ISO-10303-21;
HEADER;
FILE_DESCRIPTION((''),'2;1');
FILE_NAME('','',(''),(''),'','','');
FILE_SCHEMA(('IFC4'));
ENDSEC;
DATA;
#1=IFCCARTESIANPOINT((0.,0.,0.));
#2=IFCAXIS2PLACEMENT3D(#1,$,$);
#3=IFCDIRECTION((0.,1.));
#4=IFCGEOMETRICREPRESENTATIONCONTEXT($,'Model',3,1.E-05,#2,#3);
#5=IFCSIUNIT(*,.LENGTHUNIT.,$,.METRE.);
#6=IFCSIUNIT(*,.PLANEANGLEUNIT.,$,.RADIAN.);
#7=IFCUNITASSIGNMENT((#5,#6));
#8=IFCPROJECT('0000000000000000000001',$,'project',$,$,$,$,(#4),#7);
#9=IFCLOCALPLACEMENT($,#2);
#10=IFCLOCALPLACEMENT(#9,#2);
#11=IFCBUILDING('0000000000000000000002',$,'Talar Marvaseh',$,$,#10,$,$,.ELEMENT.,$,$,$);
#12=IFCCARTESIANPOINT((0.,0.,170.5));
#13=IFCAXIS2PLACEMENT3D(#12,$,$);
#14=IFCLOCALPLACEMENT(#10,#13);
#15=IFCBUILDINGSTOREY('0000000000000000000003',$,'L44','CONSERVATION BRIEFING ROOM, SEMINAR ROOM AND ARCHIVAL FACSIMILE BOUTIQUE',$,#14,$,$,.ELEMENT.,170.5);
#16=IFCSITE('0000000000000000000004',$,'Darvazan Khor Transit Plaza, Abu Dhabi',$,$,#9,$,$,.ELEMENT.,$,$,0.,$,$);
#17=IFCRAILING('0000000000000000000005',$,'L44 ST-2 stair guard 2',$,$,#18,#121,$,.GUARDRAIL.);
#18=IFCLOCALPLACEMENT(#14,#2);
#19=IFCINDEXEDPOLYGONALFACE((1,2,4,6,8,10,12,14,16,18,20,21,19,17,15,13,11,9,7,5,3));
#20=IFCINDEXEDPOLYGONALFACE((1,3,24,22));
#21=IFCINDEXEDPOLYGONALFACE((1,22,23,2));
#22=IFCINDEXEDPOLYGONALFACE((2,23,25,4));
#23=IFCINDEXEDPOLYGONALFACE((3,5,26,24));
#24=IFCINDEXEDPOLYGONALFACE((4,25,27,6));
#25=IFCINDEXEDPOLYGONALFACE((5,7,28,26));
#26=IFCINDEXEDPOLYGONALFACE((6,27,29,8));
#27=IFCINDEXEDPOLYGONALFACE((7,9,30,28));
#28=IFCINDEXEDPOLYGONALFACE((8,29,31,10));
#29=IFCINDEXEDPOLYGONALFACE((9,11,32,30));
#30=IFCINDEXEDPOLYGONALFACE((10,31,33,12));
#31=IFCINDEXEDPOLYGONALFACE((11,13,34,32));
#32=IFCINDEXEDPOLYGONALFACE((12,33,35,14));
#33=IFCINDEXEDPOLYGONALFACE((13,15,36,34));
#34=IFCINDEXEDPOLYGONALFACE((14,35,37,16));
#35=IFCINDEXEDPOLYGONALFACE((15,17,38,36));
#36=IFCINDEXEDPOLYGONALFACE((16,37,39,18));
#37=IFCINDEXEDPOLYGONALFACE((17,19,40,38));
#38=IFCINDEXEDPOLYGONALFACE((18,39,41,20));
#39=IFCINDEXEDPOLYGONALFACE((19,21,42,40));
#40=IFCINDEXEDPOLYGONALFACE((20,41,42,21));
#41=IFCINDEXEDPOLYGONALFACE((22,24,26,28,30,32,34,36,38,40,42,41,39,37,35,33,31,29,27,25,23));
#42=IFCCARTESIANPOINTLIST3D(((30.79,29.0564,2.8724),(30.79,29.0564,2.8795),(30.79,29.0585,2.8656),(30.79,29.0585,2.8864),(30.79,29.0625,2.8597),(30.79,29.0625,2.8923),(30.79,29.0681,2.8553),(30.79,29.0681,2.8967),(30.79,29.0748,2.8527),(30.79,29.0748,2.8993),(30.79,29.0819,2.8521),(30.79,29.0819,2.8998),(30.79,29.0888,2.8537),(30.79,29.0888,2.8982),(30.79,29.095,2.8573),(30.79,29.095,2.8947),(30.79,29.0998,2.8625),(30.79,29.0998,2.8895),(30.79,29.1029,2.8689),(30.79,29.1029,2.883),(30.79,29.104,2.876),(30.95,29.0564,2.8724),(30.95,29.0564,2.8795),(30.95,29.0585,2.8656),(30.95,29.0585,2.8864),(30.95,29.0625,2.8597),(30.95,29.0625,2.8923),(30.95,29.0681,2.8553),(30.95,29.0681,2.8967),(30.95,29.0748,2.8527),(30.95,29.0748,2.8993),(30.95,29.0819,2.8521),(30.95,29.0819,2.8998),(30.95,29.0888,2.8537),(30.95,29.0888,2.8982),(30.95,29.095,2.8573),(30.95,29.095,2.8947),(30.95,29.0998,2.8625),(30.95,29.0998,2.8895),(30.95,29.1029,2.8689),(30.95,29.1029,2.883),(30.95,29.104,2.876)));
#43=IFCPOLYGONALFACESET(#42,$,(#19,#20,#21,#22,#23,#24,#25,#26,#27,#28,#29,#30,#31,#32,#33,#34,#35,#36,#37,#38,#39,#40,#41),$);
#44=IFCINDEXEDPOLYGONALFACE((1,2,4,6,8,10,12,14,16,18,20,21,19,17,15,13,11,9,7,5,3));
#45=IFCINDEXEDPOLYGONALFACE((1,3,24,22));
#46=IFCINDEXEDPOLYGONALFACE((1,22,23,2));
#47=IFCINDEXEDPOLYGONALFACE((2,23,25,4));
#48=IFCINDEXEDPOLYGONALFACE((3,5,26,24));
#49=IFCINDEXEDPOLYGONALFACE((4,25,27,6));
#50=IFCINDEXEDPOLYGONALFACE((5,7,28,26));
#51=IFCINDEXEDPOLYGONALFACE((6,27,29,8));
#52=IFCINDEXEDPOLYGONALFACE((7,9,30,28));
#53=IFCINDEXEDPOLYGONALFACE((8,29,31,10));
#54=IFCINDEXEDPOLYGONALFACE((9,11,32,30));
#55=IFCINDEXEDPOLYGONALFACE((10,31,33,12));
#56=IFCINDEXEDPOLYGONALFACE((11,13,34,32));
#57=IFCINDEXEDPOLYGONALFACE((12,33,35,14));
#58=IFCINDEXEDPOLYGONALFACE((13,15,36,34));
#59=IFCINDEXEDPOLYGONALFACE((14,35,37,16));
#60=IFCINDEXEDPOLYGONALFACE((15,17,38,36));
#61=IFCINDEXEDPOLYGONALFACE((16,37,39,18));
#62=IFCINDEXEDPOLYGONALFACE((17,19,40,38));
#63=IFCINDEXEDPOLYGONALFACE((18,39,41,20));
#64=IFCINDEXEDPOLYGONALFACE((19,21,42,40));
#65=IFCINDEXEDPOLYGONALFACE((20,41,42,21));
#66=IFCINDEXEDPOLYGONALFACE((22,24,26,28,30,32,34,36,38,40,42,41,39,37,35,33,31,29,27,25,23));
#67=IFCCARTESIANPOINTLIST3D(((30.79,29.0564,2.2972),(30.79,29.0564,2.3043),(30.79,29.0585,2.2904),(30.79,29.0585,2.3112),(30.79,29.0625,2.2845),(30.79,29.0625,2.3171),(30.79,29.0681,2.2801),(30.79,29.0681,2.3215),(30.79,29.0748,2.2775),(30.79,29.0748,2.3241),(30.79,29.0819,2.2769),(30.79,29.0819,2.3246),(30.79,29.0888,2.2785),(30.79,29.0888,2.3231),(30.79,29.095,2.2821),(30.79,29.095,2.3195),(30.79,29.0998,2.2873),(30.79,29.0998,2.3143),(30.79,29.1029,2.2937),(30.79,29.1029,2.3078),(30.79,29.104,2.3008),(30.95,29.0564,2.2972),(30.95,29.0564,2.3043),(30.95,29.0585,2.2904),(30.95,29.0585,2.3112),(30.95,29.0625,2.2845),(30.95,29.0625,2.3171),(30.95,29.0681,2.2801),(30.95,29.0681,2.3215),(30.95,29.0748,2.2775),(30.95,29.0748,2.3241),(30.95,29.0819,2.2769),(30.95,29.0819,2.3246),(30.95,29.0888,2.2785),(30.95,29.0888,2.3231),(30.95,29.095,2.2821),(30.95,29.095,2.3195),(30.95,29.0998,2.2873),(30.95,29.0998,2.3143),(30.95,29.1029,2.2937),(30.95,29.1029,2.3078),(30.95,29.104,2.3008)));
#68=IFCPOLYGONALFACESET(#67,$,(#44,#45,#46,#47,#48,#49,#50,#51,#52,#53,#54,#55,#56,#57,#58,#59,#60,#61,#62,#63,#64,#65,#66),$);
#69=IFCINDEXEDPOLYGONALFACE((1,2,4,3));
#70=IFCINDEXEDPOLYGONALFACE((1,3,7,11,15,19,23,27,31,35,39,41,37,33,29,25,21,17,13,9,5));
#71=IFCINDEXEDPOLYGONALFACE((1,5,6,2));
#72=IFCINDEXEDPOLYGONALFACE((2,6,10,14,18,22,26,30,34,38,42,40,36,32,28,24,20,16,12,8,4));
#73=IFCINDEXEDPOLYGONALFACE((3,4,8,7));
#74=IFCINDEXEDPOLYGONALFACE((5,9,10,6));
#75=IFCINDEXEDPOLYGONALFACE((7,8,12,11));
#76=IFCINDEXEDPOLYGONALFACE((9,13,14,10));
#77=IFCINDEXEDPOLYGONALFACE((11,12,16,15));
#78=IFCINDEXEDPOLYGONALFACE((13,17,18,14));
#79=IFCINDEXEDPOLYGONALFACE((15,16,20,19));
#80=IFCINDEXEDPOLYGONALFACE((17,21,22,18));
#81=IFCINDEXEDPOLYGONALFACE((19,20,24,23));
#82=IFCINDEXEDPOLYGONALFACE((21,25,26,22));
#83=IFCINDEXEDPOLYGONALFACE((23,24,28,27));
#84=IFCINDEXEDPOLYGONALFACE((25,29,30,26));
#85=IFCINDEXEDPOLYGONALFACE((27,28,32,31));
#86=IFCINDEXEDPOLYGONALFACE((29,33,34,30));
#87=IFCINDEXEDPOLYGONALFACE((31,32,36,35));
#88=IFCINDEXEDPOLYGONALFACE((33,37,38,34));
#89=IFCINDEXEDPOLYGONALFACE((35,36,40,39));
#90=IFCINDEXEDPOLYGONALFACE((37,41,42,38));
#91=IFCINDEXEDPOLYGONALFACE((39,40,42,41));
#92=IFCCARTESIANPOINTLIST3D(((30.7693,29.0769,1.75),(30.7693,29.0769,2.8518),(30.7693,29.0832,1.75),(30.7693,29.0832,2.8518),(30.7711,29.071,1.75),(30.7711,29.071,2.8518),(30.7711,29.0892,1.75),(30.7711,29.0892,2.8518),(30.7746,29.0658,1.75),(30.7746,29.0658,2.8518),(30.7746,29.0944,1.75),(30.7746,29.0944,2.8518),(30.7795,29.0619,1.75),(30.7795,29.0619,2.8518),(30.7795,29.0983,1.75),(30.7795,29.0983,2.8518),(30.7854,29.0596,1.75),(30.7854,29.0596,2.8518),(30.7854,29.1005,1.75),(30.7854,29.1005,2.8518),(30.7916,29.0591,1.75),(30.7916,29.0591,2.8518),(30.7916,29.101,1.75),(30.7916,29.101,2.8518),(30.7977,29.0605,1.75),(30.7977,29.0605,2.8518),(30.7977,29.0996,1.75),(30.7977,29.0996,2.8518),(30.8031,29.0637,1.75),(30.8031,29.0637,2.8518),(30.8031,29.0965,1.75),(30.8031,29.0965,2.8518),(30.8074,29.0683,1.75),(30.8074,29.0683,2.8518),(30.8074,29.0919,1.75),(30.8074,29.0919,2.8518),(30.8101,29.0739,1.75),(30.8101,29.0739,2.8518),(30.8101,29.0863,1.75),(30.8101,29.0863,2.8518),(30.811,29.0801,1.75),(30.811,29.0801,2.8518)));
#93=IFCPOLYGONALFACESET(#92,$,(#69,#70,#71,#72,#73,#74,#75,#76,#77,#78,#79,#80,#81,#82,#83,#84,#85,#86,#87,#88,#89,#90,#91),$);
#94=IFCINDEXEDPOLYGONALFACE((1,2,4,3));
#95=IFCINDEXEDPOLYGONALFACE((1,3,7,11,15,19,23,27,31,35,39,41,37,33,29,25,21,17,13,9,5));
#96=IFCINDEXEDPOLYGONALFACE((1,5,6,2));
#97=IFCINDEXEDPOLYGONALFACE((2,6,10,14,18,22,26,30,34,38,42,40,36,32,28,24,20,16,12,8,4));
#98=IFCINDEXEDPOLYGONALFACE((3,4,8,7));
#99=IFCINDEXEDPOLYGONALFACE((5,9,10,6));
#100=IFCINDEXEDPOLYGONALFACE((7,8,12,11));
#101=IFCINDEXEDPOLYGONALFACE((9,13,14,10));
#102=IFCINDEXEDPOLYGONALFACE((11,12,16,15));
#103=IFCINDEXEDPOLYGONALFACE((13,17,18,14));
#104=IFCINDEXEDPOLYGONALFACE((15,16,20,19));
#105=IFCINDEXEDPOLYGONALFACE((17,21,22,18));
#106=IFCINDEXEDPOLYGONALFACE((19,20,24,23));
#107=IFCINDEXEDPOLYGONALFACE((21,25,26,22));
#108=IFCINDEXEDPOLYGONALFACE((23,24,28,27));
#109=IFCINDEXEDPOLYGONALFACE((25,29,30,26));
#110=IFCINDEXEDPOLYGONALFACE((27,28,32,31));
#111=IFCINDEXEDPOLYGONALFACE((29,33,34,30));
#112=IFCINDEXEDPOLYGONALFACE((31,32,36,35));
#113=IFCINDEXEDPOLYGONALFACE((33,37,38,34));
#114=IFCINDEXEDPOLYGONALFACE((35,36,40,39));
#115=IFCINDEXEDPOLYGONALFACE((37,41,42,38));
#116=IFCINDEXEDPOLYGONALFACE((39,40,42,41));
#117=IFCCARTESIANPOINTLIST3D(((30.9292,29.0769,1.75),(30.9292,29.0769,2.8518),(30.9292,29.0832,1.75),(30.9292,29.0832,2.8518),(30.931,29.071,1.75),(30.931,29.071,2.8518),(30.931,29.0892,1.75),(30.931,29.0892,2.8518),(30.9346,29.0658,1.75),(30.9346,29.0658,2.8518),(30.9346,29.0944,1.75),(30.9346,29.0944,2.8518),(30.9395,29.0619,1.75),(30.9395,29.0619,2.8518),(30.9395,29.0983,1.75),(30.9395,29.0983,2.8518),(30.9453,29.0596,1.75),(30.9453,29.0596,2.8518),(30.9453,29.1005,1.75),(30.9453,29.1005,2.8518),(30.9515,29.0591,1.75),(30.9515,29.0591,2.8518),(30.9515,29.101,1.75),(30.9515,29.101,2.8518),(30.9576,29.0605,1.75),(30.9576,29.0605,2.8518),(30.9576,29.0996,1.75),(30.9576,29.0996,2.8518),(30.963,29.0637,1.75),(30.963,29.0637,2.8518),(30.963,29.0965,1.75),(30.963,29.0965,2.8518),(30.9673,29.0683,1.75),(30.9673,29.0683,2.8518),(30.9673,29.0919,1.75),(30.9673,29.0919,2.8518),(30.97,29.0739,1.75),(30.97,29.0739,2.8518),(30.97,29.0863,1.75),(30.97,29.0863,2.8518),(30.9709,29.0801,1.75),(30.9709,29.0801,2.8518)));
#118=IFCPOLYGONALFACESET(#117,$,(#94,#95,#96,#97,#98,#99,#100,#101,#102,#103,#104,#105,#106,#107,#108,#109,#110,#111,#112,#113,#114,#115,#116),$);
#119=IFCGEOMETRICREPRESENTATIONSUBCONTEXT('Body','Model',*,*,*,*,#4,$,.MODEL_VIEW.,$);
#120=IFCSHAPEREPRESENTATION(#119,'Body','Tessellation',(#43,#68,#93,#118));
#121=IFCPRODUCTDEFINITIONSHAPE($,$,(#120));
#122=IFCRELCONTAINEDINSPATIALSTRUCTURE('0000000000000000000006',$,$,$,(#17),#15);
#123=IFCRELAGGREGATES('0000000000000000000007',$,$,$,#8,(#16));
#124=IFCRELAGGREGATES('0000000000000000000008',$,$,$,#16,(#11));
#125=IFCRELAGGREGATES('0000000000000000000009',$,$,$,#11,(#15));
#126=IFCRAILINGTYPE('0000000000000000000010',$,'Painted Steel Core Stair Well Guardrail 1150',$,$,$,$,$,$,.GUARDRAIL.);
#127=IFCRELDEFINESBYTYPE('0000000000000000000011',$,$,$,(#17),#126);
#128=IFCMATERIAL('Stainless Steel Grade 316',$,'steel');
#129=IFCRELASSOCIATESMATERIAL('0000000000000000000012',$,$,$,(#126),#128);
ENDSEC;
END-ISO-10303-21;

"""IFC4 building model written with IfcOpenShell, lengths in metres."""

from ifc_helpers import new_model, si_unit, direction, frame, origin, origin_2d, place, context, subcontext, project, spatial, circle, extrude, material, type_object, element, save


model = new_model("IFC4")

# Units and contexts
model_context = context("Model", 3, precision=1e-05, world=origin(), true_north=direction((0.0, 1.0)))
body_context = subcontext(model_context, "Body", "Model", "MODEL_VIEW")
ifc_project = project(units=[si_unit("LENGTHUNIT", "METRE"), si_unit("PLANEANGLEUNIT", "RADIAN")], contexts=[model_context])

# Site, building, storey
site_placement = place(None, origin())
site = spatial("IfcSite", under=ifc_project, at=site_placement, Name="Darvazan Khor Transit Plaza, Abu Dhabi", CompositionType="ELEMENT", RefElevation=0.0)
building_placement = place(site_placement, origin())
building = spatial("IfcBuilding", under=site, at=building_placement, Name="Talar Marvaseh", CompositionType="ELEMENT")
storey_placement = place(building_placement, frame((0.0, 0.0, 170.5)))
storey = spatial("IfcBuildingStorey", under=building, at=storey_placement, Name="L44", Description="CONSERVATION BRIEFING ROOM, SEMINAR ROOM AND ARCHIVAL FACSIMILE BOUTIQUE", CompositionType="ELEMENT", Elevation=170.5)

# Shared definitions
ifc_material_1 = material(Name="Stainless Steel Grade 316", Category="steel")

# Railing
railing_type_1 = type_object("IfcRailingType", Name="Painted Steel Core Stair Well Guardrail 1150", PredefinedType="GUARDRAIL", material=ifc_material_1)
railing_1_placement = place(storey_placement, frame((30.79, 29.0801, 1.75)))
element("IfcRailing", 1, at=railing_1_placement, inside=storey, type_object=railing_type_1, Name="L44 ST-2 stair guard 2", PredefinedType="GUARDRAIL", context=body_context, shape_type="SweptSolid", body=[
    extrude(circle(Radius=0.0239, at=origin_2d()), frame((0.0, 0.0, 1.126), z_axis=(1.0, 0.0, 0.0), x_axis=(0.0, 1.0, 0.0)), (0.0, 0.0, 1.0), 0.1599),
    extrude(circle(Radius=0.0239, at=origin_2d()), frame((0.0, 0.0, 0.5508), z_axis=(1.0, 0.0, 0.0), x_axis=(0.0, 1.0, 0.0)), (0.0, 0.0, 1.0), 0.1599),
    extrude(circle(Radius=0.021, at=origin_2d()), origin(), (0.0, 0.0, 1.0), 1.1018),
    extrude(circle(Radius=0.021, at=origin_2d()), frame((0.1599, 0.0, 0.0)), (0.0, 0.0, 1.0), 1.1018),
])

save(model, "model.ifc")
